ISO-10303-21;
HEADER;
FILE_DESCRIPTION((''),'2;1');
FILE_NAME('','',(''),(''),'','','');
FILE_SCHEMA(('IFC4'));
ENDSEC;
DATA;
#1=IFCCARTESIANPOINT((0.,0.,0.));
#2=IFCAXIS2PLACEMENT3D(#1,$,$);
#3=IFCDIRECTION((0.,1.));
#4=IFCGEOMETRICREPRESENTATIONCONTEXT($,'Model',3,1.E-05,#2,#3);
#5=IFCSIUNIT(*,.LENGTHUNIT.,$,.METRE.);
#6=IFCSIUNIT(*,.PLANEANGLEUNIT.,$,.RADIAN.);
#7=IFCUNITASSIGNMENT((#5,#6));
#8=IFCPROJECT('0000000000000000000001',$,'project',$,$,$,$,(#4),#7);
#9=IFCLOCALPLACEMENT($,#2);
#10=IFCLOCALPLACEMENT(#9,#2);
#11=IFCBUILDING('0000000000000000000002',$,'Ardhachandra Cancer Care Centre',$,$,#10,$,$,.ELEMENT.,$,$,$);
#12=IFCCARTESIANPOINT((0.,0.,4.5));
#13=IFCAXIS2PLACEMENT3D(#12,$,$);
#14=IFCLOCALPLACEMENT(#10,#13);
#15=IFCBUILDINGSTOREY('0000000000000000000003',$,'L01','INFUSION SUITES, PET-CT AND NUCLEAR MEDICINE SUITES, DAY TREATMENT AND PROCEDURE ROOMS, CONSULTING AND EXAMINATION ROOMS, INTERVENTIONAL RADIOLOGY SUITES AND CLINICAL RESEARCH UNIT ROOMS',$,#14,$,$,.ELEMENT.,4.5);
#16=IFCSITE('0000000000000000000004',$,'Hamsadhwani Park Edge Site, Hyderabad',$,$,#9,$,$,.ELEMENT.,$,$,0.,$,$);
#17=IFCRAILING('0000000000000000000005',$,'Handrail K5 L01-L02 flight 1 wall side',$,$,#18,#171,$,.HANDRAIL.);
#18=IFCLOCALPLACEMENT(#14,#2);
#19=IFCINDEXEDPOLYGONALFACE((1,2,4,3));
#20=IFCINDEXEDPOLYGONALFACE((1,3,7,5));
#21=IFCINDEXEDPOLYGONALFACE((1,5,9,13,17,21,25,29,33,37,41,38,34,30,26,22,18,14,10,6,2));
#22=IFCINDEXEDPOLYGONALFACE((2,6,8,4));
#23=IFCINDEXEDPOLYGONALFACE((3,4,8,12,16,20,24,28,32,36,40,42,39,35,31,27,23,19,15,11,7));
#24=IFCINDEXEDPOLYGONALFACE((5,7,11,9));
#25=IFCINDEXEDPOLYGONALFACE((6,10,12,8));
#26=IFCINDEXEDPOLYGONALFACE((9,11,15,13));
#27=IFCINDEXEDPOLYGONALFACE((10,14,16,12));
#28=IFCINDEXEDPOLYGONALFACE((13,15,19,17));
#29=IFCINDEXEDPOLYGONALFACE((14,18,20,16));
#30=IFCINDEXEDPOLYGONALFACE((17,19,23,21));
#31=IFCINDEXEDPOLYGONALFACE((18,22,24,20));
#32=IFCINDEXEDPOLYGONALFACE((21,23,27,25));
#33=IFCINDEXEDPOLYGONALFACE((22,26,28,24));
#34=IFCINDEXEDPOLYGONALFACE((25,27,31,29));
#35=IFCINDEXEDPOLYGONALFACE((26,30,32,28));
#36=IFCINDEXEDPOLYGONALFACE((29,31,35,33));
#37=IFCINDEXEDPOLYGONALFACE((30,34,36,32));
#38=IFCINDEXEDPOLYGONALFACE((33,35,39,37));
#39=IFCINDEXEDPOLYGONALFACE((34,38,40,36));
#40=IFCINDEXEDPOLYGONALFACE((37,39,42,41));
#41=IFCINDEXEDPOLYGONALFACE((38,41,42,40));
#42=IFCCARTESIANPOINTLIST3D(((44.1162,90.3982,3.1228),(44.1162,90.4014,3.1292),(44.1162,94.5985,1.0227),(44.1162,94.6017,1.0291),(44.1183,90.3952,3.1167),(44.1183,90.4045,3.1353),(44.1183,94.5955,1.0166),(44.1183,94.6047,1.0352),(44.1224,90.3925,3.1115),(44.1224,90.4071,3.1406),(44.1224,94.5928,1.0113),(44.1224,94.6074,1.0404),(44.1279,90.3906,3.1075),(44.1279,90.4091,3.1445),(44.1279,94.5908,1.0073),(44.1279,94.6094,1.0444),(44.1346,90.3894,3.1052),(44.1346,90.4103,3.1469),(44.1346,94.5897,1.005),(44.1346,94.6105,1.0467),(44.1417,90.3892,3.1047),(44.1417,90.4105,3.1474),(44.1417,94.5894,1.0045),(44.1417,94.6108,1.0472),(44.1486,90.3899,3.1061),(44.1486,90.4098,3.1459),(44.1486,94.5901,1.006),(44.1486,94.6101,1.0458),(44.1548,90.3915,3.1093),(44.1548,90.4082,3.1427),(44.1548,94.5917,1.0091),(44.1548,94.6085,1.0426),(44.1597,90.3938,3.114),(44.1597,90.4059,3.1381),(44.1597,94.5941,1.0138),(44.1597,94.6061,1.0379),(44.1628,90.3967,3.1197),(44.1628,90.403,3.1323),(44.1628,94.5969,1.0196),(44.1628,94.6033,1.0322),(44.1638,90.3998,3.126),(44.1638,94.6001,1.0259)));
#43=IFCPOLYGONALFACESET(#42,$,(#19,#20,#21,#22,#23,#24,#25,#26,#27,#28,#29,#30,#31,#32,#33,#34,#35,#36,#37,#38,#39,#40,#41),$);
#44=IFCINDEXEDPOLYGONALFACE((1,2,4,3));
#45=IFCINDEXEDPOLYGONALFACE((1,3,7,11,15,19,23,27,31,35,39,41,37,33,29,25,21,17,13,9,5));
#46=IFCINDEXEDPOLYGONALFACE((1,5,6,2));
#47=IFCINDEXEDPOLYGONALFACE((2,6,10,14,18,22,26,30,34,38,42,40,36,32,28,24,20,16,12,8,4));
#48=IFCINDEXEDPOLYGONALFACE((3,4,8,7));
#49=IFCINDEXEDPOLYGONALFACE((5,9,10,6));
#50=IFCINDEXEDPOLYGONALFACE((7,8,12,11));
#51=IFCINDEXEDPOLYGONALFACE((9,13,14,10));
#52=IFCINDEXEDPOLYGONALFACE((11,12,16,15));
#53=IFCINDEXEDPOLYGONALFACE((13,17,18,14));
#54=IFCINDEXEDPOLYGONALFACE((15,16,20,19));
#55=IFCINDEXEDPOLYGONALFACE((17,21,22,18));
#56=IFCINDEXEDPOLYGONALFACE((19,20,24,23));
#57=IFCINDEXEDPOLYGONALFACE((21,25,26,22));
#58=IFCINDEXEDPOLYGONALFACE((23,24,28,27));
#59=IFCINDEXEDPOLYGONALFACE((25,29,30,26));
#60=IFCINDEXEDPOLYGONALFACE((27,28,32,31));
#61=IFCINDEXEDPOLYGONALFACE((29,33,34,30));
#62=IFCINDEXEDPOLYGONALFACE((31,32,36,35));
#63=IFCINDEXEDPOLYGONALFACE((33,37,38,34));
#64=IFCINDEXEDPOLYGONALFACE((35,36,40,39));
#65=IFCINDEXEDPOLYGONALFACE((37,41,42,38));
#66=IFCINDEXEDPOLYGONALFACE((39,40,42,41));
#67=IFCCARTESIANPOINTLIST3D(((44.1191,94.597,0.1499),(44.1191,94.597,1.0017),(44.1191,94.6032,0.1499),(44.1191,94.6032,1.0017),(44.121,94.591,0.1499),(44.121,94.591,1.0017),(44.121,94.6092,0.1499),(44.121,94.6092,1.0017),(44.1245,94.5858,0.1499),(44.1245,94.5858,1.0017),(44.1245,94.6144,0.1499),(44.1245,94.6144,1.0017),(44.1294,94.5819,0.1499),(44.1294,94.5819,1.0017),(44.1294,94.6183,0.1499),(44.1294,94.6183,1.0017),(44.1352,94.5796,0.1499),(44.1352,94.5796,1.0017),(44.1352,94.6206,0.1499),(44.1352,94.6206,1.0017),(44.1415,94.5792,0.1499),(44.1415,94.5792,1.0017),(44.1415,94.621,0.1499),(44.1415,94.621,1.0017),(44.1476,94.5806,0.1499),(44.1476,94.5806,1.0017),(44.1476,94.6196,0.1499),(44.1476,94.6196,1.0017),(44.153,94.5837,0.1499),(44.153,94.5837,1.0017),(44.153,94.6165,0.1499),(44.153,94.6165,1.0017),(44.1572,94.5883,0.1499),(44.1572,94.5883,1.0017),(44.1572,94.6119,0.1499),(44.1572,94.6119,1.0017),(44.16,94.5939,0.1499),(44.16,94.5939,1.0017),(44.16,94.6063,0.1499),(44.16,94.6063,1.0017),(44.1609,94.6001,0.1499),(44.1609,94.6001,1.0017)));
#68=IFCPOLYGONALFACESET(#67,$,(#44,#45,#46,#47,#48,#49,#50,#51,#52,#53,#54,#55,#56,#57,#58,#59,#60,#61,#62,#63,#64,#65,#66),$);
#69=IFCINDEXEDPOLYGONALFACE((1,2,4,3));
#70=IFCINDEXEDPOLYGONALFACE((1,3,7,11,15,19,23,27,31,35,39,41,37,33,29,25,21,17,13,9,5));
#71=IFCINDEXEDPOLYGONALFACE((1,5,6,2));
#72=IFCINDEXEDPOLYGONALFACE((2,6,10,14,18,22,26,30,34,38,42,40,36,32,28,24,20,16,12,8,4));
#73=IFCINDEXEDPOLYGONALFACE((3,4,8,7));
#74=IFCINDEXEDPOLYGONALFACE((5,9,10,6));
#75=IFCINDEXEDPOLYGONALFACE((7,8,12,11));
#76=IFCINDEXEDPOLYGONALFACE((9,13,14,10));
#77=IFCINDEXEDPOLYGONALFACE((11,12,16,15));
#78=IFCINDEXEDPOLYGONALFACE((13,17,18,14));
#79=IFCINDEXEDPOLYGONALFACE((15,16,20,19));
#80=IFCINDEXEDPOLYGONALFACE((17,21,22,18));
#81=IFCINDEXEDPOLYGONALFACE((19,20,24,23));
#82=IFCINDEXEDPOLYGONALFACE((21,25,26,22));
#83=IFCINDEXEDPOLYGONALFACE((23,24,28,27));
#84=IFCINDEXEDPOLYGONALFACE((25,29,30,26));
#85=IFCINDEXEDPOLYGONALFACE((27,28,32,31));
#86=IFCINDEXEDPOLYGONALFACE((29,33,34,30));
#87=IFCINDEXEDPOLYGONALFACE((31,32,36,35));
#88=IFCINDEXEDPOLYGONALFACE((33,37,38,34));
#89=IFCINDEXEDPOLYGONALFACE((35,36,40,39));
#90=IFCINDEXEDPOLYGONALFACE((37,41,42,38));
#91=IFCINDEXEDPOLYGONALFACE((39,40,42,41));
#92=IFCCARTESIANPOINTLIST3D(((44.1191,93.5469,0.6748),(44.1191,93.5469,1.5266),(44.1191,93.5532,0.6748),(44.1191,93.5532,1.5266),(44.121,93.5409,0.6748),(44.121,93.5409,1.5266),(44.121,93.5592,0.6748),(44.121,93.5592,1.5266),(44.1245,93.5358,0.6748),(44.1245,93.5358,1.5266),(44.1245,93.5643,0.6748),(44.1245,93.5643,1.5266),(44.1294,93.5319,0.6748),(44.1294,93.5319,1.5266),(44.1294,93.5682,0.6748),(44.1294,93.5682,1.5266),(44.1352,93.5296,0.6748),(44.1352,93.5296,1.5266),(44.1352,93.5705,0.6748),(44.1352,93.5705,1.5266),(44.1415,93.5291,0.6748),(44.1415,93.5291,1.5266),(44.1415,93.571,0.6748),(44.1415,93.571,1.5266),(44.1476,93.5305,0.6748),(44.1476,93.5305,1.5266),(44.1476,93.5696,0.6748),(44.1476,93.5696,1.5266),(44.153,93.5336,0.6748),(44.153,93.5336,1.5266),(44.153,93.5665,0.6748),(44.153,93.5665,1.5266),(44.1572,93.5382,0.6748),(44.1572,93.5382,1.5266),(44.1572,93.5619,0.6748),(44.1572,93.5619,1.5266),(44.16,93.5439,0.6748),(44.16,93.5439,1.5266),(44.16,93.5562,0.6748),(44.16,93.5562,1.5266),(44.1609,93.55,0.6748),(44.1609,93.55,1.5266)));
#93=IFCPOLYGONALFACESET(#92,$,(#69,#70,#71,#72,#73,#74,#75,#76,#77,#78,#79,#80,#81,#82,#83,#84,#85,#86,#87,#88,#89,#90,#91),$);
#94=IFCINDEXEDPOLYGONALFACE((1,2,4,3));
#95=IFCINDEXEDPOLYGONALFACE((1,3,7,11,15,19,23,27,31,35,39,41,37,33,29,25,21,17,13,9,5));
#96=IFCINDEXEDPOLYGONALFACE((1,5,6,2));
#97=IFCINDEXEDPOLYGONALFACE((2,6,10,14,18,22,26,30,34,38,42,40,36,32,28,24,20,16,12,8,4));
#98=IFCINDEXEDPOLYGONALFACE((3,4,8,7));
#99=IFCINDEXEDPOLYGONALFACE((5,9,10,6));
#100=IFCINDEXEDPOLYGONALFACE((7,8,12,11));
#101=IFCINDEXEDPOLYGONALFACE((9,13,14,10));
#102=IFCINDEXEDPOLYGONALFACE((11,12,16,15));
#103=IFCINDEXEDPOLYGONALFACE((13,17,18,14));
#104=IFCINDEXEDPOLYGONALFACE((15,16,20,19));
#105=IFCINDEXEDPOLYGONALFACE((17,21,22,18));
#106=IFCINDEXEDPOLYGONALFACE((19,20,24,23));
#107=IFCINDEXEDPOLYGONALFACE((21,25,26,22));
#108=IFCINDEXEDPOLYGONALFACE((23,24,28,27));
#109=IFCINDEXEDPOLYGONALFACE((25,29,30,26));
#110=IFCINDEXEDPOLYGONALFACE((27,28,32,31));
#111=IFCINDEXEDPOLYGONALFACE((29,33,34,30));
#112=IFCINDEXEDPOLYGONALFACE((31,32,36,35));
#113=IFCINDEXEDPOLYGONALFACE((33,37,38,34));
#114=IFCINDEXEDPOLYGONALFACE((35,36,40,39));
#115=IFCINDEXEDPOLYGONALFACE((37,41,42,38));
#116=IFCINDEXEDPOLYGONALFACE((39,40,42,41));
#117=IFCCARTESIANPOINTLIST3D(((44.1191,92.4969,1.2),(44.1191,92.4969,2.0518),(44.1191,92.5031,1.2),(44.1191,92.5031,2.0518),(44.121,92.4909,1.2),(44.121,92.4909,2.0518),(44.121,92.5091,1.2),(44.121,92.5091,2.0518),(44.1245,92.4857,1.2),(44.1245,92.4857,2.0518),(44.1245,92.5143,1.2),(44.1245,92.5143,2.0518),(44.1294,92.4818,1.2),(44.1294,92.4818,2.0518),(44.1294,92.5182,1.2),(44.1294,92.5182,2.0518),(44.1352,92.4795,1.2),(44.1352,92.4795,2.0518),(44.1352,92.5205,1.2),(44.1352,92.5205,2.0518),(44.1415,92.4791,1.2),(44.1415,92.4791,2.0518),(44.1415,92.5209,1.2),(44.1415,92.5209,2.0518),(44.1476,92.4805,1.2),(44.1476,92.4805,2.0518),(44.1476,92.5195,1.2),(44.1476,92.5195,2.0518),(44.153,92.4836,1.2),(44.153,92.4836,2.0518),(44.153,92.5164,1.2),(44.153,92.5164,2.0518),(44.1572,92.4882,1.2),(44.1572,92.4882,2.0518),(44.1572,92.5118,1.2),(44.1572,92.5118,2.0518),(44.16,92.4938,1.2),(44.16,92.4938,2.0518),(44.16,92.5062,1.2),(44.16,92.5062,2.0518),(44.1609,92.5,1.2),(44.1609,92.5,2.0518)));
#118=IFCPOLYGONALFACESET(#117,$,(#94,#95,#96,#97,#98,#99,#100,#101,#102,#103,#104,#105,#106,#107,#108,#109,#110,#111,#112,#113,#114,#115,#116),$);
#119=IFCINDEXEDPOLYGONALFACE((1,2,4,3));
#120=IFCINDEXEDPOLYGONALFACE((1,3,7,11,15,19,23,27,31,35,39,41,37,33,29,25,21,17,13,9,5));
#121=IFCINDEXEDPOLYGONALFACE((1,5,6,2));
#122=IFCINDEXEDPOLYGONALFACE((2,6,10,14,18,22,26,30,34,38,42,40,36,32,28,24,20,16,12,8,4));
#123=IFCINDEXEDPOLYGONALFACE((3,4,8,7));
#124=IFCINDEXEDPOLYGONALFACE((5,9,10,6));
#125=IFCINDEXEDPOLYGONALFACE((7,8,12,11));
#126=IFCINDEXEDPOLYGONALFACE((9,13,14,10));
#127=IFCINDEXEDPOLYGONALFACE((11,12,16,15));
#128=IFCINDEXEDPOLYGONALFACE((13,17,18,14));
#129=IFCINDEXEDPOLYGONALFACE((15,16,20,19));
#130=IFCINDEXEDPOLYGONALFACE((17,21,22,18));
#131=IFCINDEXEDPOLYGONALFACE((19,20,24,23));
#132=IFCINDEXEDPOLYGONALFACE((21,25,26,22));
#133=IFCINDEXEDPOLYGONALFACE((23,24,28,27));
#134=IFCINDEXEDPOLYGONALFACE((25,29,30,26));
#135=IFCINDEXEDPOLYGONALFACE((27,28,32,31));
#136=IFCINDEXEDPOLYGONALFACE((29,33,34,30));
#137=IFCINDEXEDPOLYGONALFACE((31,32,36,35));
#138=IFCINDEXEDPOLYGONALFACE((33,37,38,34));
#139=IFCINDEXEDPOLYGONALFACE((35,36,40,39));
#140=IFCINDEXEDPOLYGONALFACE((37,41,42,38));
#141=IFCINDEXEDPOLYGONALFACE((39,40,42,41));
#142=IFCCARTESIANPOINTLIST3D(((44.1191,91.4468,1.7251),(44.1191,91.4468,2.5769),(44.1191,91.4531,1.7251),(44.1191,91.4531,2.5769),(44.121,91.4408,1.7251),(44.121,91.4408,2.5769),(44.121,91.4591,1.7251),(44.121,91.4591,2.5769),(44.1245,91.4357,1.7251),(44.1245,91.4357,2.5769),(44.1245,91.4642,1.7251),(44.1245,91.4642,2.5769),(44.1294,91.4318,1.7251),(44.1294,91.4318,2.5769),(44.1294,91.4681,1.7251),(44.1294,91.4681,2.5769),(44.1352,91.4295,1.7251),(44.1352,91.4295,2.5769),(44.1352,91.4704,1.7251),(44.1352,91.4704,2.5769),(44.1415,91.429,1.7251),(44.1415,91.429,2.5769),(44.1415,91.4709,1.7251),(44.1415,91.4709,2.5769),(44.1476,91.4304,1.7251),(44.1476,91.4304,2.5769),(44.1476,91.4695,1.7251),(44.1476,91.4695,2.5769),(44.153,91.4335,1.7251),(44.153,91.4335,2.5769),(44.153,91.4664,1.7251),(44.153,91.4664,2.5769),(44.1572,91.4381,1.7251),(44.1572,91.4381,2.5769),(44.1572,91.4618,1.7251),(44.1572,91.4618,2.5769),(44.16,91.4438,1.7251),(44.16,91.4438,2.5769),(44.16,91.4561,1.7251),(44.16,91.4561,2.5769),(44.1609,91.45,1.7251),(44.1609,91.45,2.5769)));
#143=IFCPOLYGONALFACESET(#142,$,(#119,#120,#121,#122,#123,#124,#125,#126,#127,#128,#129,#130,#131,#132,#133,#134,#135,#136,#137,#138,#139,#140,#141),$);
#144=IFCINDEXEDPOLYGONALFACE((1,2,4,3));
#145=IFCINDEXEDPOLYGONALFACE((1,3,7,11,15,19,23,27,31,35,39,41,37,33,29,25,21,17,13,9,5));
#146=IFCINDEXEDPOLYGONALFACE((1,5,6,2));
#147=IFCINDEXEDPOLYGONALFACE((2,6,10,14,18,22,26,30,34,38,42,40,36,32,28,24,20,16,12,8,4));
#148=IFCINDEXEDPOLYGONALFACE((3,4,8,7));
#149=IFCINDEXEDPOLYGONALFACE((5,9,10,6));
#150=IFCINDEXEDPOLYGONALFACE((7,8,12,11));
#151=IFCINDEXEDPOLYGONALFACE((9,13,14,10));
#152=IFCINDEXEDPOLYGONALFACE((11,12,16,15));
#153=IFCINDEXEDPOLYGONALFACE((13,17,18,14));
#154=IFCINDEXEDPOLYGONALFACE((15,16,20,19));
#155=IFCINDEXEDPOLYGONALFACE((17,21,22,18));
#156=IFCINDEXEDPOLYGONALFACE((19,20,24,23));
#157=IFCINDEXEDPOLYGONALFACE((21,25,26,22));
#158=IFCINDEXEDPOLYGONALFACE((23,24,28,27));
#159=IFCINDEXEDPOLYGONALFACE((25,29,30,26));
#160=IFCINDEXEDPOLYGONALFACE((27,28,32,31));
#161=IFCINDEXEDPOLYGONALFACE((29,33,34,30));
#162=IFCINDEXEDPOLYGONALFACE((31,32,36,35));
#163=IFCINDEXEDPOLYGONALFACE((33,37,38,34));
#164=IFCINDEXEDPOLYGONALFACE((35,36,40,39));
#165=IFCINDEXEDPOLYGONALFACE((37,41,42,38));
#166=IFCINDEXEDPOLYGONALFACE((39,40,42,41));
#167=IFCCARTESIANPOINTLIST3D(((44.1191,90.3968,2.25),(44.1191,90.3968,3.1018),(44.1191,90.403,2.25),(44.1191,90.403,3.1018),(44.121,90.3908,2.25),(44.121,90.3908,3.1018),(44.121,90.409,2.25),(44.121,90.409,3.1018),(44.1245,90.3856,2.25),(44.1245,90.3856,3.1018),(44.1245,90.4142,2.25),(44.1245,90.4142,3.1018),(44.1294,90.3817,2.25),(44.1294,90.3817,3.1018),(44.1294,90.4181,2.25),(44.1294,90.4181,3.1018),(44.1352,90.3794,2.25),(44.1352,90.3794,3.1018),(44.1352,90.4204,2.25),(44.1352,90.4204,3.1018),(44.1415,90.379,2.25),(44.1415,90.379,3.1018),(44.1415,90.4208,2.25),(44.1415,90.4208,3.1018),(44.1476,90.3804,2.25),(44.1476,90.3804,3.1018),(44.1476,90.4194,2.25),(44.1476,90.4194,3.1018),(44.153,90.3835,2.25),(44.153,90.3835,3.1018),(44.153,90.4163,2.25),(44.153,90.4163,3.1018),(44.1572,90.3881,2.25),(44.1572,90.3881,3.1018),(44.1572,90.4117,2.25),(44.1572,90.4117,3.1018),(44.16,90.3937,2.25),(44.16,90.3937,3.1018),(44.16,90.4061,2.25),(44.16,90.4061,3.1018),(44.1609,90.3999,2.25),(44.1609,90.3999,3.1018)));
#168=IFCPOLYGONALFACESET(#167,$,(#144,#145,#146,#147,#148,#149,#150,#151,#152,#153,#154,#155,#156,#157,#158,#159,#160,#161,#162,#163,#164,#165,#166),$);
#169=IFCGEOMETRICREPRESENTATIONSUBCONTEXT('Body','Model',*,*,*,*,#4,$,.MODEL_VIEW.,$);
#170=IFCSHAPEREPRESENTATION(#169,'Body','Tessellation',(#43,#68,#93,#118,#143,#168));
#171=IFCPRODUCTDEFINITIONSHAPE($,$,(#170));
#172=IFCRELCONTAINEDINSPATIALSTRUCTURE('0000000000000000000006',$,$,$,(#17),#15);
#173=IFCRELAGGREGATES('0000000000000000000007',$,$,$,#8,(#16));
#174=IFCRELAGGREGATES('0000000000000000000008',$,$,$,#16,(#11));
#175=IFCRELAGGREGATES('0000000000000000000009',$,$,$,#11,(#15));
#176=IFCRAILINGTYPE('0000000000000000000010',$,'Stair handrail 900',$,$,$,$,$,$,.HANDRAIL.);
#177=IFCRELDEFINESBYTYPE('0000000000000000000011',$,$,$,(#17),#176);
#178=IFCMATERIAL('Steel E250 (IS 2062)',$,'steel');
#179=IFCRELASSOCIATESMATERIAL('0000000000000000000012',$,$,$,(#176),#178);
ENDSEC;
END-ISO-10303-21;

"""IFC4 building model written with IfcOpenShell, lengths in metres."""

from ifc_helpers import new_model, si_unit, direction, frame, origin, origin_2d, place, context, subcontext, project, spatial, circle, extrude, material, type_object, element, save


model = new_model("IFC4")

# Units and contexts
model_context = context("Model", 3, precision=1e-05, world=origin(), true_north=direction((0.0, 1.0)))
body_context = subcontext(model_context, "Body", "Model", "MODEL_VIEW")
ifc_project = project(units=[si_unit("LENGTHUNIT", "METRE"), si_unit("PLANEANGLEUNIT", "RADIAN")], contexts=[model_context])

# Site, building, storey
site_placement = place(None, origin())
site = spatial("IfcSite", under=ifc_project, at=site_placement, Name="Hamsadhwani Park Edge Site, Hyderabad", CompositionType="ELEMENT", RefElevation=0.0)
building_placement = place(site_placement, origin())
building = spatial("IfcBuilding", under=site, at=building_placement, Name="Ardhachandra Cancer Care Centre", CompositionType="ELEMENT")
storey_placement = place(building_placement, frame((0.0, 0.0, 4.5)))
storey = spatial("IfcBuildingStorey", under=building, at=storey_placement, Name="L01", Description="INFUSION SUITES, PET-CT AND NUCLEAR MEDICINE SUITES, DAY TREATMENT AND PROCEDURE ROOMS, CONSULTING AND EXAMINATION ROOMS, INTERVENTIONAL RADIOLOGY SUITES AND CLINICAL RESEARCH UNIT ROOMS", CompositionType="ELEMENT", Elevation=4.5)

# Railing
ifc_material_1 = material(Name="Steel E250 (IS 2062)", Category="steel")
railing_type_1 = type_object("IfcRailingType", Name="Stair handrail 900", PredefinedType="HANDRAIL", material=ifc_material_1)
for number, where, name in (
    (1, (44.1399, 94.6001, 0.1499), "Handrail K5 L01-L02 flight 1 wall side"),
):
    element("IfcRailing", number, at=place(storey_placement, frame(where)), inside=storey, type_object=railing_type_1, Name=name, PredefinedType="HANDRAIL", context=body_context, shape_type="SweptSolid", body=[
        extrude(circle(Radius=0.0239, at=origin_2d()), frame((0.0, 0.0, 0.876), z_axis=(0.0, -0.894427, 0.447214), x_axis=(1.0, 0.0, 0.0)), (0.0, 0.0, 1.0), 4.696),
        extrude(circle(Radius=0.021, at=origin_2d()), origin(), (0.0, 0.0, 1.0), 0.8518),
        extrude(circle(Radius=0.021, at=origin_2d()), frame((0.0, -1.05, 0.5249)), (0.0, 0.0, 1.0), 0.8518),
        extrude(circle(Radius=0.021, at=origin_2d()), frame((0.0, -2.1001, 1.05)), (0.0, 0.0, 1.0), 0.8518),
        extrude(circle(Radius=0.021, at=origin_2d()), frame((0.0, -3.1501, 1.5752)), (0.0, 0.0, 1.0), 0.8518),
        extrude(circle(Radius=0.021, at=origin_2d()), frame((0.0, -4.2002, 2.1001)), (0.0, 0.0, 1.0), 0.8518),
    ])

save(model, "model.ifc")
